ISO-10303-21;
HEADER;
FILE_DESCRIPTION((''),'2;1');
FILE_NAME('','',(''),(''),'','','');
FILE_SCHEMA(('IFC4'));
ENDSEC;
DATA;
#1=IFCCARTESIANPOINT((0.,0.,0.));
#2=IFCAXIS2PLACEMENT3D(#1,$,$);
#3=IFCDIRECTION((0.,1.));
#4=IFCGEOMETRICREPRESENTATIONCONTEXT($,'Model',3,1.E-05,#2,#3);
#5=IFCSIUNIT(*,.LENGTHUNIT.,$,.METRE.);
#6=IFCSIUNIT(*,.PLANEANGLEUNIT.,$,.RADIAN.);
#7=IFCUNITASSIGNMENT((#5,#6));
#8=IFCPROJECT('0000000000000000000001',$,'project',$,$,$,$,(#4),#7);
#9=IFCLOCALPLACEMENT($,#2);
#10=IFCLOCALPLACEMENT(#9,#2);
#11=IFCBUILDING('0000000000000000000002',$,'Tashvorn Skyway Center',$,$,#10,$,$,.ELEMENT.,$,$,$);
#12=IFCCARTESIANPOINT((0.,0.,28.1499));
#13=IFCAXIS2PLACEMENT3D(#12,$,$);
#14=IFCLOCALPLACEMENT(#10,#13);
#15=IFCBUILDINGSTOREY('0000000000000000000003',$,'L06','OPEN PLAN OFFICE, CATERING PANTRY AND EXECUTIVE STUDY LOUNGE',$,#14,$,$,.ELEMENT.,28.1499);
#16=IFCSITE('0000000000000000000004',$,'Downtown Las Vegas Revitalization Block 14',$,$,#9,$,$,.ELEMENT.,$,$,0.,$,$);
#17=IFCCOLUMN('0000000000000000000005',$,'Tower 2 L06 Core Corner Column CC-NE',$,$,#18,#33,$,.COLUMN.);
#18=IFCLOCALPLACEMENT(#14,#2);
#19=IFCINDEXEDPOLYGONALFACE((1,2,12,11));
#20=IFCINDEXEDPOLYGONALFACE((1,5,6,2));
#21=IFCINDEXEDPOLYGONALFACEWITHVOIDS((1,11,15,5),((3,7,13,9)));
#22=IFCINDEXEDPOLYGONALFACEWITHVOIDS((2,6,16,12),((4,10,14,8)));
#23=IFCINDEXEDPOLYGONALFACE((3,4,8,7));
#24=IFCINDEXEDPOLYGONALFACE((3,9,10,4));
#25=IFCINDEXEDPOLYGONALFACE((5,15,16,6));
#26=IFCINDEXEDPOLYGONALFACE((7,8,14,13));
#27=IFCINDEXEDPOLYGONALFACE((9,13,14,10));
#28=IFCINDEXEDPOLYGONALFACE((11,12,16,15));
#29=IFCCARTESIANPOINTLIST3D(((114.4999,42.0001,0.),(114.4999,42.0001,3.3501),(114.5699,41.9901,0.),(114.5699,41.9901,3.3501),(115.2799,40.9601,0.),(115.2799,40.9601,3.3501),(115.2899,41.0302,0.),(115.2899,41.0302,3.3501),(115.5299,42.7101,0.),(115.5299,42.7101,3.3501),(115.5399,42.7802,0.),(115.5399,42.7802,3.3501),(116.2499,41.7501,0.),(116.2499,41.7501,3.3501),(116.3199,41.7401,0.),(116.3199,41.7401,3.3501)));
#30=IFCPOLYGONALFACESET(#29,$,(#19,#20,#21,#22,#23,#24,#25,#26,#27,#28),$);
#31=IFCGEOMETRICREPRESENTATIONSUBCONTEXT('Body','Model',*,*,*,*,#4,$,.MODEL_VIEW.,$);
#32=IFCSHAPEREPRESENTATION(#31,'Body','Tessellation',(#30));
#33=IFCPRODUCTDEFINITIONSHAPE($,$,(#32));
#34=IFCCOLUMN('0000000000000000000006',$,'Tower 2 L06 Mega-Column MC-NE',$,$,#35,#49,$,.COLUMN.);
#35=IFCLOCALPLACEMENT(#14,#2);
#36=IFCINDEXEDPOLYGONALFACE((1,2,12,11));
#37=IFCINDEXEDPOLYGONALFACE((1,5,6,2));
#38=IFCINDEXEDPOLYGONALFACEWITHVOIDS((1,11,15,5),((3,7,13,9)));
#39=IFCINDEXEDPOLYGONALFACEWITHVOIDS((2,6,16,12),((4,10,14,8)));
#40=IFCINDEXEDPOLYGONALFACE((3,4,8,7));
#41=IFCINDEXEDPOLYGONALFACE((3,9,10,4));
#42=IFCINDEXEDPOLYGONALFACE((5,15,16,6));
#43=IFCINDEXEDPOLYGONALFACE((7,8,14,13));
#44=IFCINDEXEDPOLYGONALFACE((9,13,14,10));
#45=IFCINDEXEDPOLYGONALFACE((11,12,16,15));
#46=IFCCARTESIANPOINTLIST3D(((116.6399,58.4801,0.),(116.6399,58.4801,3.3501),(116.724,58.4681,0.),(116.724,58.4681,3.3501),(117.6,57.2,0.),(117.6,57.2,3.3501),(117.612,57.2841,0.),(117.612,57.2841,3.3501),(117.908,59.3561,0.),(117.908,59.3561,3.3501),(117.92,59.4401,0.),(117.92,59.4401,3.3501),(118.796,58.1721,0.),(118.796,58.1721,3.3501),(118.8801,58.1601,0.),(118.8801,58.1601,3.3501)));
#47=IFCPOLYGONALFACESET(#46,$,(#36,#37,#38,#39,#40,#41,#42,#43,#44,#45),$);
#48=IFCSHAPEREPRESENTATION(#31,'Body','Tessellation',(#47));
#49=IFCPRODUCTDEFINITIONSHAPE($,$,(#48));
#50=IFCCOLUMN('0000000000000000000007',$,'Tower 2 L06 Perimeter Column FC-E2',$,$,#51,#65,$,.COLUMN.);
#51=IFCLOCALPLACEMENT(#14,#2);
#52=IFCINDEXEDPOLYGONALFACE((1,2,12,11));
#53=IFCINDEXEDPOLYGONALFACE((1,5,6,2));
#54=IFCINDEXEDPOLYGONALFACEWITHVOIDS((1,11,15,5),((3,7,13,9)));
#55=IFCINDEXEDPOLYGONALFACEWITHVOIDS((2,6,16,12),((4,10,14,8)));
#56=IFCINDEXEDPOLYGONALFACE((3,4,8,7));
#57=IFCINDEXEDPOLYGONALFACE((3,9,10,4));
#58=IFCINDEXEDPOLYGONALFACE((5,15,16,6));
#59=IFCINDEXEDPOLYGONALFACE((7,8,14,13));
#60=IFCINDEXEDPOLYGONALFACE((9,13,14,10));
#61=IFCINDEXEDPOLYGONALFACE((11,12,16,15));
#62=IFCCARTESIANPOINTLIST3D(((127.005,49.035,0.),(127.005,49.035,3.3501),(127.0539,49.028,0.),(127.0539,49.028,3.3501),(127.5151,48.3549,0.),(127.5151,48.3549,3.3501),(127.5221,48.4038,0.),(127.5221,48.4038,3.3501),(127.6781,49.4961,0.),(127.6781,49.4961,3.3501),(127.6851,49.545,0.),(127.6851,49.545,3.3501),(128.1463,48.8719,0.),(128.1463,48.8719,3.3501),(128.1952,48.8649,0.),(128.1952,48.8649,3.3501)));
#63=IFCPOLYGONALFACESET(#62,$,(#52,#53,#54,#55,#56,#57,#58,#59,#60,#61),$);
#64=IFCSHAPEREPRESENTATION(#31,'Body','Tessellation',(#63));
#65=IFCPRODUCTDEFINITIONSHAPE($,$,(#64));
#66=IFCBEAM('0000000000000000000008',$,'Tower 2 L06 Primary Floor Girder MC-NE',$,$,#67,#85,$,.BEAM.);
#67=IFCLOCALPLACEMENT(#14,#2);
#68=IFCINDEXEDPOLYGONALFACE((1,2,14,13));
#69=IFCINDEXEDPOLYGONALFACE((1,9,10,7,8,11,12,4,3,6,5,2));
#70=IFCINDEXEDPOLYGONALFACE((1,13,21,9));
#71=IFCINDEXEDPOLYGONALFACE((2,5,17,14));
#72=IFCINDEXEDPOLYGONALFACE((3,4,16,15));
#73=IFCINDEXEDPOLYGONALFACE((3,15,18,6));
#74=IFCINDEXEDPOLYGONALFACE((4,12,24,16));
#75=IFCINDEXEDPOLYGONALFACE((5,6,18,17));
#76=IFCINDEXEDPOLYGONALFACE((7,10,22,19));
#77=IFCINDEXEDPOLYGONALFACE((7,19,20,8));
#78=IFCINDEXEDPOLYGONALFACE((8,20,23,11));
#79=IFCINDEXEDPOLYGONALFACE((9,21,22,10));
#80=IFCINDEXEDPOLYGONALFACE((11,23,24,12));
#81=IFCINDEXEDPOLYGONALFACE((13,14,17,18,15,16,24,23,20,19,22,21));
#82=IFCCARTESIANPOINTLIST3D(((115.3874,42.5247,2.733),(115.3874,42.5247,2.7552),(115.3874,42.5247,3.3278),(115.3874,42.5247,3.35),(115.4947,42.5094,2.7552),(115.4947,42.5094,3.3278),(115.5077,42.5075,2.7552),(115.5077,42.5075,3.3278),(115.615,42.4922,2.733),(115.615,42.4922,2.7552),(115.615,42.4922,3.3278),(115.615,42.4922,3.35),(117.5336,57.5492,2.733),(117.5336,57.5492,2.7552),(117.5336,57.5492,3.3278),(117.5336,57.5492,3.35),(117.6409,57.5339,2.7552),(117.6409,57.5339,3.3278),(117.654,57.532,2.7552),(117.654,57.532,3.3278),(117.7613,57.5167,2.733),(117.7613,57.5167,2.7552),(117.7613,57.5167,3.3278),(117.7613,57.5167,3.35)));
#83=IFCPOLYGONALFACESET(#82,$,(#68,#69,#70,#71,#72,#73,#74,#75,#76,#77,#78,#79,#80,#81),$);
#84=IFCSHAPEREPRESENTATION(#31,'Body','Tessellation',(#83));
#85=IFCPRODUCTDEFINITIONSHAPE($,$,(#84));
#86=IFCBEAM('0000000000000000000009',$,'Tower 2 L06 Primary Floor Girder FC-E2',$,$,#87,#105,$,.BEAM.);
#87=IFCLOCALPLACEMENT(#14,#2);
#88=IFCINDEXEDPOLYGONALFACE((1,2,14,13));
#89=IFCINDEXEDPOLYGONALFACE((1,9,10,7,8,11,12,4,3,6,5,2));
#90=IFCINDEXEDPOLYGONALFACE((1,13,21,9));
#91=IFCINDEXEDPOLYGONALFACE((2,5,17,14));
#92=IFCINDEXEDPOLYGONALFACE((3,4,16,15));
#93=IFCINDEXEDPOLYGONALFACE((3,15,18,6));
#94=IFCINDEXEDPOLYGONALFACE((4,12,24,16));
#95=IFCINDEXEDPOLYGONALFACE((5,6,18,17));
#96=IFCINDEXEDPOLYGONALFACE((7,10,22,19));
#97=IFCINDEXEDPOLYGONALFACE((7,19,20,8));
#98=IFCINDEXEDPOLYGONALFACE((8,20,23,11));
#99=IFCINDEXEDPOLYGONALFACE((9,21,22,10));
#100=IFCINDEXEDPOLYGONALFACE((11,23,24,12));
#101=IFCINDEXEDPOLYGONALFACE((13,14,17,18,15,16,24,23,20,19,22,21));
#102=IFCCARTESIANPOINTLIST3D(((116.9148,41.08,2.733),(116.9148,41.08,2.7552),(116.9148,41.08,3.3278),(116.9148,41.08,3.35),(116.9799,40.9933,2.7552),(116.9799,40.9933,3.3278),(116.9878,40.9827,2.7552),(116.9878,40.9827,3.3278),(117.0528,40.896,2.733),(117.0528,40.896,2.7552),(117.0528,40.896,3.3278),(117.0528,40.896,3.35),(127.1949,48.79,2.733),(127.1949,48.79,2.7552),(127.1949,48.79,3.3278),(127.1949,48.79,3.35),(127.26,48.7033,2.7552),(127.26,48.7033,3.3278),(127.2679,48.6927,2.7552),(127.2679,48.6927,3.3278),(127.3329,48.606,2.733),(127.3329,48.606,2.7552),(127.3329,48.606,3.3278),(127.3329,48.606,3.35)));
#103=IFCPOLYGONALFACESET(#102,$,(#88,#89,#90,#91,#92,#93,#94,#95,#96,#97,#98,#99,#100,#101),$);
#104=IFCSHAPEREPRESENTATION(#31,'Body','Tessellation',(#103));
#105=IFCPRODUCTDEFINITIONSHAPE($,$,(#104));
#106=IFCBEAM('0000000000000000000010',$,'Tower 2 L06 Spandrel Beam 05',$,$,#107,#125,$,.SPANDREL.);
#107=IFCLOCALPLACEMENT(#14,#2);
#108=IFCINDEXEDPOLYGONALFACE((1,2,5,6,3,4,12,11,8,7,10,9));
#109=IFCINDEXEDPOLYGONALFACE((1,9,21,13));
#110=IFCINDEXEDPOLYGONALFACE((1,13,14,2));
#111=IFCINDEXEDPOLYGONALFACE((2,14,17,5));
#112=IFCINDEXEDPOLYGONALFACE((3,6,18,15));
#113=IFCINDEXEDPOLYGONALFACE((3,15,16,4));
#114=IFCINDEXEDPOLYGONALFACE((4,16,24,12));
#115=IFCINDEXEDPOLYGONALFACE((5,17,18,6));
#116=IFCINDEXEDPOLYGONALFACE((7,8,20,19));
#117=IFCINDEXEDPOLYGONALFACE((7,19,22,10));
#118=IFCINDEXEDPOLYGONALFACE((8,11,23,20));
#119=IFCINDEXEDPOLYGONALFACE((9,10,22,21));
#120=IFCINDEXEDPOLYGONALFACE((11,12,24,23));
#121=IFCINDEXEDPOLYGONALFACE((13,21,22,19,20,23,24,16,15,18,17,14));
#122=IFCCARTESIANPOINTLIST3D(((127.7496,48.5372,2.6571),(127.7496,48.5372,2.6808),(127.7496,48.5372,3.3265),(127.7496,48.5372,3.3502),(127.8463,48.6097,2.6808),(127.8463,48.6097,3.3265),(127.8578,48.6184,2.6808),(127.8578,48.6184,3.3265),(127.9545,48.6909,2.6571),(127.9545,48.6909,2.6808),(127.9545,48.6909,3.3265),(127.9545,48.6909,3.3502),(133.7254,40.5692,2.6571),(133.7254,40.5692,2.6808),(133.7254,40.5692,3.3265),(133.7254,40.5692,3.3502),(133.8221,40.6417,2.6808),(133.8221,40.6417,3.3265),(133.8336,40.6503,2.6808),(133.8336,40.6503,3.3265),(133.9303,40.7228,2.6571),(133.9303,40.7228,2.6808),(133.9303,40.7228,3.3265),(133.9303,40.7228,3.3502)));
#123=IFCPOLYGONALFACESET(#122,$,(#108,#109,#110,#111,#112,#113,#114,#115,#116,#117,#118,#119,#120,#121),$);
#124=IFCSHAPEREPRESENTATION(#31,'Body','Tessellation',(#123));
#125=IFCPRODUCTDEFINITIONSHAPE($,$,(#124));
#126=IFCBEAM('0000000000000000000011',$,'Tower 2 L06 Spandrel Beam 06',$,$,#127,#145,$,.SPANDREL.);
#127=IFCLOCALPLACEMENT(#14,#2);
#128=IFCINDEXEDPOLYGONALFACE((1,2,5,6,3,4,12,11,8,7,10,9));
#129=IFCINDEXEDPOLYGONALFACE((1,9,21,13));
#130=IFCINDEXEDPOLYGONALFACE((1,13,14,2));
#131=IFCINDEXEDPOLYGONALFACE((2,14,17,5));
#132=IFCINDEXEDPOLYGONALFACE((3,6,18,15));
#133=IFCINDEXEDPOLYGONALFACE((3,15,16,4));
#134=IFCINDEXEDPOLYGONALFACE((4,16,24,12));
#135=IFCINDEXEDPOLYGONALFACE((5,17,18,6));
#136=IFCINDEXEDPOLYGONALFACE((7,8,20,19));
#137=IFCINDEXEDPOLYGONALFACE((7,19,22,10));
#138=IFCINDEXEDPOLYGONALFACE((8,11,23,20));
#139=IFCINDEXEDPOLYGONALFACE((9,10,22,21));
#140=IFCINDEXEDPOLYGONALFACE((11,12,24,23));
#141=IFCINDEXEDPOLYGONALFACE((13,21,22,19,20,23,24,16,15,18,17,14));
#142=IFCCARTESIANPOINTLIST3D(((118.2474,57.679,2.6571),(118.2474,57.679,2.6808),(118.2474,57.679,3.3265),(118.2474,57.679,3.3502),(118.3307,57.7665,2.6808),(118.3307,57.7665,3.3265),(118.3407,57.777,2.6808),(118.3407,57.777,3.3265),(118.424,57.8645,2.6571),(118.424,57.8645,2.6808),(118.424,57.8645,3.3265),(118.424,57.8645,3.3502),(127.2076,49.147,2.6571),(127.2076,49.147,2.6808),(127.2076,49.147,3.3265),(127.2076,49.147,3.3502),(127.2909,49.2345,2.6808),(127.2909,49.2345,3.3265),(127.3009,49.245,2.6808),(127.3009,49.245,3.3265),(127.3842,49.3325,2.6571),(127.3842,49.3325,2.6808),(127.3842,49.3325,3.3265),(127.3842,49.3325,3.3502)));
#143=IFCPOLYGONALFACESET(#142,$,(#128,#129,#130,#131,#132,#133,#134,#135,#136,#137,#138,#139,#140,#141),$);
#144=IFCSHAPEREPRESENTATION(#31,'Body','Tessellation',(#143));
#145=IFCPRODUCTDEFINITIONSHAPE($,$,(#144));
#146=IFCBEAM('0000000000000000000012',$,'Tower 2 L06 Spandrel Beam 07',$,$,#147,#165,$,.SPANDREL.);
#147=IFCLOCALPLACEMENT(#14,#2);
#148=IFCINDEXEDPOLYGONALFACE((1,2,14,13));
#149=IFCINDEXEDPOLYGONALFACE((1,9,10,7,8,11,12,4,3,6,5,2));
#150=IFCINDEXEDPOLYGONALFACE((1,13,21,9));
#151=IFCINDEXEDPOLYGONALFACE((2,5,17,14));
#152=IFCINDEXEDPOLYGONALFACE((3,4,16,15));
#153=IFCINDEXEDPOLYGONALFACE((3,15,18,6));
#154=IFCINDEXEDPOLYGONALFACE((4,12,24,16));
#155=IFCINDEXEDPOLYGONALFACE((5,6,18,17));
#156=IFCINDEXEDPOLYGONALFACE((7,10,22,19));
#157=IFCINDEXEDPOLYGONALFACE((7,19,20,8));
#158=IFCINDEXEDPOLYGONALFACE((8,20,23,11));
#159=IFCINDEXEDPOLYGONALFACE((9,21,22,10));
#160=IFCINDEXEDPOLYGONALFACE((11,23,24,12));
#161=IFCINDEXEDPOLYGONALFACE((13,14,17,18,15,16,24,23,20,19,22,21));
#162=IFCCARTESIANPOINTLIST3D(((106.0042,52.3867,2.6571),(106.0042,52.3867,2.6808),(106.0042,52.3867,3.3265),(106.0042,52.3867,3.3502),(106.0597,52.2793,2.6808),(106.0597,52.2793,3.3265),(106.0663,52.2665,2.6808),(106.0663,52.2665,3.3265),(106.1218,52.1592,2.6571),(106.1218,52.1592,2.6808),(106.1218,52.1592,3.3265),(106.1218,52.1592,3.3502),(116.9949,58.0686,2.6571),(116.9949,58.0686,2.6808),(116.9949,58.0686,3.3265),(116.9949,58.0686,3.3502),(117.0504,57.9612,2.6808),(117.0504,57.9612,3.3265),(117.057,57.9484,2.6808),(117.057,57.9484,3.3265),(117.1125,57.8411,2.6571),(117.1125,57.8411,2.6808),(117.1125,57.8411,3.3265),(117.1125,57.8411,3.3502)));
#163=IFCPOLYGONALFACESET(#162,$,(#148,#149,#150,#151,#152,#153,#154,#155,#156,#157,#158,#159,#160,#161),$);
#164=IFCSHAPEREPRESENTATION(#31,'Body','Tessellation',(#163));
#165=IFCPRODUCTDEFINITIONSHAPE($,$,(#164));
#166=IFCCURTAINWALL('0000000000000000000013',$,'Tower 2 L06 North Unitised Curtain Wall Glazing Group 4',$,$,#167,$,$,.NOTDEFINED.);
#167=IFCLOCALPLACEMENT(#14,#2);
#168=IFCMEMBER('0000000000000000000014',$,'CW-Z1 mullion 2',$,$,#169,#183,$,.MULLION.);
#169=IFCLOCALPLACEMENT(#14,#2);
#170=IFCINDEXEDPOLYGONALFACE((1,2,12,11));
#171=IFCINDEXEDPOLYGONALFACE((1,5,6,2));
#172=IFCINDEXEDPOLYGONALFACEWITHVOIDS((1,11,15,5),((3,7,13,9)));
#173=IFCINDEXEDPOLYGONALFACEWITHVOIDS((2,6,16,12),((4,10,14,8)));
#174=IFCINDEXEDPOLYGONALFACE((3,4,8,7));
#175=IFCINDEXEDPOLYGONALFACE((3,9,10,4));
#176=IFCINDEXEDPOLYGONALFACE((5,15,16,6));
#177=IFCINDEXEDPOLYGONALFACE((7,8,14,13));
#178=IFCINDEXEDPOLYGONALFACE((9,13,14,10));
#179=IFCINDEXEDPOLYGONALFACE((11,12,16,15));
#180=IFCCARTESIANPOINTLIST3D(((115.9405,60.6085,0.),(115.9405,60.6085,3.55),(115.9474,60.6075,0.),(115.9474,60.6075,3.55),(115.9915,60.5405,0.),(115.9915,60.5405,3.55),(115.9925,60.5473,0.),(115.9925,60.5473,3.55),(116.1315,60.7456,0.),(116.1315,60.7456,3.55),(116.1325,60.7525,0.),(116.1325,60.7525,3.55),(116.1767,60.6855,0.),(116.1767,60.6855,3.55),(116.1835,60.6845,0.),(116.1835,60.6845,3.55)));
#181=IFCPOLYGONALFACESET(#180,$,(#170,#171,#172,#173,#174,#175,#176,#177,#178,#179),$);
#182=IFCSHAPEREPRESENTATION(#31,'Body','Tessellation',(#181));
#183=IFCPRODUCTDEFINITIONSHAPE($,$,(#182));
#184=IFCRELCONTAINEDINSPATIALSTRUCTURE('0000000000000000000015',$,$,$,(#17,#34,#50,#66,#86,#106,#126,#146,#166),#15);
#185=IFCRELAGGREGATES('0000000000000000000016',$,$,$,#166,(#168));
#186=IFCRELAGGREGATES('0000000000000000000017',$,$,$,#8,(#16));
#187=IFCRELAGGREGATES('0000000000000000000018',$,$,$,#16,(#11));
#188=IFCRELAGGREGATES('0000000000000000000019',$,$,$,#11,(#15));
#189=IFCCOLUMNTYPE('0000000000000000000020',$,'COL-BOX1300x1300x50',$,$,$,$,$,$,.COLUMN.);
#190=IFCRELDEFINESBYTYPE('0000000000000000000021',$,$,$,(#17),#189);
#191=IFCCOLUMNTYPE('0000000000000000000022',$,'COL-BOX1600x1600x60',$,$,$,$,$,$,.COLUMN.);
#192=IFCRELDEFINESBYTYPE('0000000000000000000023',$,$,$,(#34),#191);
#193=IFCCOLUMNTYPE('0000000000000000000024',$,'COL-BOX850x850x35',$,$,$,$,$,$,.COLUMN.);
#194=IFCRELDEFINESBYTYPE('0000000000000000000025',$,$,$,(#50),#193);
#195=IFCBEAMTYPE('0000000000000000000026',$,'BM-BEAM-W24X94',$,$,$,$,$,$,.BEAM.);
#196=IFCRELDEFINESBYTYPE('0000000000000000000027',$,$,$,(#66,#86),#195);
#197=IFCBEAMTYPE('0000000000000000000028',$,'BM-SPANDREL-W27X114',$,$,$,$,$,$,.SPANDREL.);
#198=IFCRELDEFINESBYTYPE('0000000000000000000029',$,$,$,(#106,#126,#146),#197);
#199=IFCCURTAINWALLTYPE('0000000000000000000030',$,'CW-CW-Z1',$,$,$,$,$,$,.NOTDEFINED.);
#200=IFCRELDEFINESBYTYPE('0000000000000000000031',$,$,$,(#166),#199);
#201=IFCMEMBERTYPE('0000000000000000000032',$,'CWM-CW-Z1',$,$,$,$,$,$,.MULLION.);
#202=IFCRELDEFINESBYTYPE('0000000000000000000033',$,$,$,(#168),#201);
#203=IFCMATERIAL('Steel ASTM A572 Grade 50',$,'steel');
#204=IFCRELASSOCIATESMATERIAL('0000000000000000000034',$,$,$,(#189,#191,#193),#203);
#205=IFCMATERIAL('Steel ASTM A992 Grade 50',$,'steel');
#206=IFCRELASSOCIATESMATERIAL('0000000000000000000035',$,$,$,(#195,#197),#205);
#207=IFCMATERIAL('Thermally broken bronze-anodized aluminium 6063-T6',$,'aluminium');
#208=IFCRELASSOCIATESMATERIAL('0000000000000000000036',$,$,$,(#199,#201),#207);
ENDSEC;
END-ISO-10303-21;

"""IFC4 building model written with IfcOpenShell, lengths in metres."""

from ifc_helpers import new_model, si_unit, direction, frame, origin, origin_2d, place, context, subcontext, project, spatial, hollow_rectangle, i_section, extrude, material, material_profile, profile_set, type_object, element, aggregate, save


model = new_model("IFC4")

# Units and contexts
model_context = context("Model", 3, precision=1e-05, world=origin(), true_north=direction((0.0, 1.0)))
body_context = subcontext(model_context, "Body", "Model", "MODEL_VIEW")
ifc_project = project(units=[si_unit("LENGTHUNIT", "METRE"), si_unit("PLANEANGLEUNIT", "RADIAN")], contexts=[model_context])

# Site, building, storey
site_placement = place(None, origin())
site = spatial("IfcSite", under=ifc_project, at=site_placement, Name="Downtown Las Vegas Revitalization Block 14", CompositionType="ELEMENT", RefElevation=0.0)
building_placement = place(site_placement, origin())
building = spatial("IfcBuilding", under=site, at=building_placement, Name="Tashvorn Skyway Center", CompositionType="ELEMENT")
storey_placement = place(building_placement, frame((0.0, 0.0, 28.1499)))
storey = spatial("IfcBuildingStorey", under=building, at=storey_placement, Name="L06", Description="OPEN PLAN OFFICE, CATERING PANTRY AND EXECUTIVE STUDY LOUNGE", CompositionType="ELEMENT", Elevation=28.1499)

# Columns
ifc_material_1 = material(Name="Steel ASTM A572 Grade 50", Category="steel")
ifc_material_profile_1 = material_profile(ifc_material_1, hollow_rectangle(XDim=1.3, YDim=1.3, WallThickness=0.05, at=origin_2d()), Name="BOX1300x1300x50")
ifc_profile_set_1 = profile_set([ifc_material_profile_1], Name="Steel ASTM A572 Grade 50")
column_type_1 = type_object("IfcColumnType", Name="COL-BOX1300x1300x50", PredefinedType="COLUMN", material=ifc_profile_set_1)
column_1_placement = place(storey_placement, frame((115.4099, 41.8701, 0.0), z_axis=(0.0, 0.0, 1.0), x_axis=(0.8, 0.6, 0.0)))
element("IfcColumn", 1, at=column_1_placement, inside=storey, type_object=column_type_1, Name="Tower 2 L06 Core Corner Column CC-NE", PredefinedType="COLUMN", context=body_context, shape_type="SweptSolid", body=[
    extrude(hollow_rectangle(XDim=1.3, YDim=1.3, WallThickness=0.05, at=origin_2d()), origin(), (0.0, 0.0, 1.0), 3.3501),
])
ifc_material_profile_2 = material_profile(ifc_material_1, hollow_rectangle(XDim=1.6001, YDim=1.6001, WallThickness=0.0601, at=origin_2d()), Name="BOX1600x1600x60")
ifc_profile_set_2 = profile_set([ifc_material_profile_2], Name="Steel ASTM A572 Grade 50")
column_type_2 = type_object("IfcColumnType", Name="COL-BOX1600x1600x60", PredefinedType="COLUMN", material=ifc_profile_set_2)
column_2_placement = place(storey_placement, frame((117.76, 58.3201, 0.0), z_axis=(0.0, 0.0, 1.0), x_axis=(0.8, 0.6, 0.0)))
element("IfcColumn", 2, at=column_2_placement, inside=storey, type_object=column_type_2, Name="Tower 2 L06 Mega-Column MC-NE", PredefinedType="COLUMN", context=body_context, shape_type="SweptSolid", body=[
    extrude(hollow_rectangle(XDim=1.6001, YDim=1.6001, WallThickness=0.0601, at=origin_2d()), origin(), (0.0, 0.0, 1.0), 3.3501),
])
ifc_material_profile_3 = material_profile(ifc_material_1, hollow_rectangle(XDim=0.8501, YDim=0.8501, WallThickness=0.0349, at=origin_2d()), Name="BOX850x850x35")
ifc_profile_set_3 = profile_set([ifc_material_profile_3], Name="Steel ASTM A572 Grade 50")
column_type_3 = type_object("IfcColumnType", Name="COL-BOX850x850x35", PredefinedType="COLUMN", material=ifc_profile_set_3)
column_3_placement = place(storey_placement, frame((127.6001, 48.95, 0.0), z_axis=(0.0, 0.0, 1.0), x_axis=(0.8, 0.6, 0.0)))
element("IfcColumn", 3, at=column_3_placement, inside=storey, type_object=column_type_3, Name="Tower 2 L06 Perimeter Column FC-E2", PredefinedType="COLUMN", context=body_context, shape_type="SweptSolid", body=[
    extrude(hollow_rectangle(XDim=0.8501, YDim=0.8501, WallThickness=0.0349, at=origin_2d()), origin(), (0.0, 0.0, 1.0), 3.3501),
])

# Beams
ifc_material_2 = material(Name="Steel ASTM A992 Grade 50", Category="steel")
ifc_material_profile_4 = material_profile(ifc_material_2, i_section(OverallWidth=0.23, OverallDepth=0.6169, WebThickness=0.0132, FlangeThickness=0.0222, at=origin_2d()), Name="W24X94")
ifc_profile_set_4 = profile_set([ifc_material_profile_4], Name="Steel ASTM A992 Grade 50")
beam_type_1 = type_object("IfcBeamType", Name="BM-BEAM-W24X94", PredefinedType="BEAM", material=ifc_profile_set_4)
beam_1_placement = place(storey_placement, frame((117.6475, 57.533, 3.0415), z_axis=(-0.141415, -0.98995, 0.0), x_axis=(0.98995, -0.141415, 0.0)))
element("IfcBeam", 4, at=beam_1_placement, inside=storey, type_object=beam_type_1, Name="Tower 2 L06 Primary Floor Girder MC-NE", PredefinedType="BEAM", context=body_context, shape_type="SweptSolid", body=[
    extrude(i_section(OverallWidth=0.23, OverallDepth=0.6169, WebThickness=0.0132, FlangeThickness=0.0222, at=origin_2d()), origin(), (0.0, 0.0, 1.0), 15.177),
])
beam_2_placement = place(storey_placement, frame((127.2639, 48.698, 3.0415), z_axis=(-0.800002, -0.599997, 0.0), x_axis=(0.599997, -0.800002, 0.0)))
element("IfcBeam", 5, at=beam_2_placement, inside=storey, type_object=beam_type_1, Name="Tower 2 L06 Primary Floor Girder FC-E2", PredefinedType="BEAM", context=body_context, shape_type="SweptSolid", body=[
    extrude(i_section(OverallWidth=0.23, OverallDepth=0.6169, WebThickness=0.0132, FlangeThickness=0.0222, at=origin_2d()), origin(), (0.0, 0.0, 1.0), 12.8501),
])
ifc_material_profile_5 = material_profile(ifc_material_2, i_section(OverallWidth=0.2561, OverallDepth=0.6931, WebThickness=0.0144, FlangeThickness=0.0237, at=origin_2d()), Name="W27X114")
ifc_profile_set_5 = profile_set([ifc_material_profile_5], Name="Steel ASTM A992 Grade 50")
beam_type_2 = type_object("IfcBeamType", Name="BM-SPANDREL-W27X114", PredefinedType="SPANDREL", material=ifc_profile_set_5)
beam_3_placement = place(storey_placement, frame((133.8279, 40.646, 3.0037), z_axis=(-0.599988, 0.800009, 0.0), x_axis=(-0.800009, -0.599988, 0.0)))
element("IfcBeam", 6, at=beam_3_placement, inside=storey, type_object=beam_type_2, Name="Tower 2 L06 Spandrel Beam 05", PredefinedType="SPANDREL", context=body_context, shape_type="SweptSolid", body=[
    extrude(i_section(OverallWidth=0.2561, OverallDepth=0.6931, WebThickness=0.0144, FlangeThickness=0.0237, at=origin_2d()), origin(), (0.0, 0.0, 1.0), 9.96),
])
for number, where, z_axis, x_axis, name in (
    (7, (127.2959, 49.2397, 3.0037), (-0.7242, 0.68959, 0.0), (-0.68959, -0.7242, 0.0), "Tower 2 L06 Spandrel Beam 06"),
    (8, (117.0537, 57.9548, 3.0037), (-0.888316, -0.459233, 0.0), (0.459233, -0.888316, 0.0), "Tower 2 L06 Spandrel Beam 07"),
):
    element("IfcBeam", number, at=place(storey_placement, frame(where, z_axis=z_axis, x_axis=x_axis)), inside=storey, type_object=beam_type_2, Name=name, PredefinedType="SPANDREL", context=body_context, shape_type="SweptSolid", body=[
        extrude(i_section(OverallWidth=0.2561, OverallDepth=0.6931, WebThickness=0.0144, FlangeThickness=0.0237, at=origin_2d()), origin(), (0.0, 0.0, 1.0), 12.3726),
    ])

# Curtain wall, member
ifc_material_3 = material(Name="Thermally broken bronze-anodized aluminium 6063-T6", Category="aluminium")
curtain_wall_type = type_object("IfcCurtainWallType", Name="CW-CW-Z1", PredefinedType="NOTDEFINED", material=ifc_material_3)
curtain_wall_1_placement = place(storey_placement, origin())
curtain_wall_1 = element("IfcCurtainWall", 9, at=curtain_wall_1_placement, inside=storey, type_object=curtain_wall_type, Name="Tower 2 L06 North Unitised Curtain Wall Glazing Group 4", PredefinedType="NOTDEFINED")
ifc_material_profile_6 = material_profile(ifc_material_3, hollow_rectangle(XDim=0.085, YDim=0.24, WallThickness=0.0049, at=origin_2d()), Name="ALU-MULL-85x240")
ifc_profile_set_6 = profile_set([ifc_material_profile_6], Name="Thermally broken bronze-anodized aluminium 6063-T6")
member_type_1 = type_object("IfcMemberType", Name="CWM-CW-Z1", PredefinedType="MULLION", material=ifc_profile_set_6)
member_1_placement = place(storey_placement, frame((116.062, 60.6465, 0.0), z_axis=(0.0, 0.0, 1.0), x_axis=(-0.6, 0.8, 0.0)))
member_1 = element("IfcMember", 10, at=member_1_placement, type_object=member_type_1, Name="CW-Z1 mullion 2", PredefinedType="MULLION", context=body_context, shape_type="SweptSolid", body=[
    extrude(hollow_rectangle(XDim=0.085, YDim=0.24, WallThickness=0.0049, at=origin_2d()), origin(), (0.0, 0.0, 1.0), 3.55),
])
aggregate(curtain_wall_1, [member_1])

save(model, "model.ifc")
